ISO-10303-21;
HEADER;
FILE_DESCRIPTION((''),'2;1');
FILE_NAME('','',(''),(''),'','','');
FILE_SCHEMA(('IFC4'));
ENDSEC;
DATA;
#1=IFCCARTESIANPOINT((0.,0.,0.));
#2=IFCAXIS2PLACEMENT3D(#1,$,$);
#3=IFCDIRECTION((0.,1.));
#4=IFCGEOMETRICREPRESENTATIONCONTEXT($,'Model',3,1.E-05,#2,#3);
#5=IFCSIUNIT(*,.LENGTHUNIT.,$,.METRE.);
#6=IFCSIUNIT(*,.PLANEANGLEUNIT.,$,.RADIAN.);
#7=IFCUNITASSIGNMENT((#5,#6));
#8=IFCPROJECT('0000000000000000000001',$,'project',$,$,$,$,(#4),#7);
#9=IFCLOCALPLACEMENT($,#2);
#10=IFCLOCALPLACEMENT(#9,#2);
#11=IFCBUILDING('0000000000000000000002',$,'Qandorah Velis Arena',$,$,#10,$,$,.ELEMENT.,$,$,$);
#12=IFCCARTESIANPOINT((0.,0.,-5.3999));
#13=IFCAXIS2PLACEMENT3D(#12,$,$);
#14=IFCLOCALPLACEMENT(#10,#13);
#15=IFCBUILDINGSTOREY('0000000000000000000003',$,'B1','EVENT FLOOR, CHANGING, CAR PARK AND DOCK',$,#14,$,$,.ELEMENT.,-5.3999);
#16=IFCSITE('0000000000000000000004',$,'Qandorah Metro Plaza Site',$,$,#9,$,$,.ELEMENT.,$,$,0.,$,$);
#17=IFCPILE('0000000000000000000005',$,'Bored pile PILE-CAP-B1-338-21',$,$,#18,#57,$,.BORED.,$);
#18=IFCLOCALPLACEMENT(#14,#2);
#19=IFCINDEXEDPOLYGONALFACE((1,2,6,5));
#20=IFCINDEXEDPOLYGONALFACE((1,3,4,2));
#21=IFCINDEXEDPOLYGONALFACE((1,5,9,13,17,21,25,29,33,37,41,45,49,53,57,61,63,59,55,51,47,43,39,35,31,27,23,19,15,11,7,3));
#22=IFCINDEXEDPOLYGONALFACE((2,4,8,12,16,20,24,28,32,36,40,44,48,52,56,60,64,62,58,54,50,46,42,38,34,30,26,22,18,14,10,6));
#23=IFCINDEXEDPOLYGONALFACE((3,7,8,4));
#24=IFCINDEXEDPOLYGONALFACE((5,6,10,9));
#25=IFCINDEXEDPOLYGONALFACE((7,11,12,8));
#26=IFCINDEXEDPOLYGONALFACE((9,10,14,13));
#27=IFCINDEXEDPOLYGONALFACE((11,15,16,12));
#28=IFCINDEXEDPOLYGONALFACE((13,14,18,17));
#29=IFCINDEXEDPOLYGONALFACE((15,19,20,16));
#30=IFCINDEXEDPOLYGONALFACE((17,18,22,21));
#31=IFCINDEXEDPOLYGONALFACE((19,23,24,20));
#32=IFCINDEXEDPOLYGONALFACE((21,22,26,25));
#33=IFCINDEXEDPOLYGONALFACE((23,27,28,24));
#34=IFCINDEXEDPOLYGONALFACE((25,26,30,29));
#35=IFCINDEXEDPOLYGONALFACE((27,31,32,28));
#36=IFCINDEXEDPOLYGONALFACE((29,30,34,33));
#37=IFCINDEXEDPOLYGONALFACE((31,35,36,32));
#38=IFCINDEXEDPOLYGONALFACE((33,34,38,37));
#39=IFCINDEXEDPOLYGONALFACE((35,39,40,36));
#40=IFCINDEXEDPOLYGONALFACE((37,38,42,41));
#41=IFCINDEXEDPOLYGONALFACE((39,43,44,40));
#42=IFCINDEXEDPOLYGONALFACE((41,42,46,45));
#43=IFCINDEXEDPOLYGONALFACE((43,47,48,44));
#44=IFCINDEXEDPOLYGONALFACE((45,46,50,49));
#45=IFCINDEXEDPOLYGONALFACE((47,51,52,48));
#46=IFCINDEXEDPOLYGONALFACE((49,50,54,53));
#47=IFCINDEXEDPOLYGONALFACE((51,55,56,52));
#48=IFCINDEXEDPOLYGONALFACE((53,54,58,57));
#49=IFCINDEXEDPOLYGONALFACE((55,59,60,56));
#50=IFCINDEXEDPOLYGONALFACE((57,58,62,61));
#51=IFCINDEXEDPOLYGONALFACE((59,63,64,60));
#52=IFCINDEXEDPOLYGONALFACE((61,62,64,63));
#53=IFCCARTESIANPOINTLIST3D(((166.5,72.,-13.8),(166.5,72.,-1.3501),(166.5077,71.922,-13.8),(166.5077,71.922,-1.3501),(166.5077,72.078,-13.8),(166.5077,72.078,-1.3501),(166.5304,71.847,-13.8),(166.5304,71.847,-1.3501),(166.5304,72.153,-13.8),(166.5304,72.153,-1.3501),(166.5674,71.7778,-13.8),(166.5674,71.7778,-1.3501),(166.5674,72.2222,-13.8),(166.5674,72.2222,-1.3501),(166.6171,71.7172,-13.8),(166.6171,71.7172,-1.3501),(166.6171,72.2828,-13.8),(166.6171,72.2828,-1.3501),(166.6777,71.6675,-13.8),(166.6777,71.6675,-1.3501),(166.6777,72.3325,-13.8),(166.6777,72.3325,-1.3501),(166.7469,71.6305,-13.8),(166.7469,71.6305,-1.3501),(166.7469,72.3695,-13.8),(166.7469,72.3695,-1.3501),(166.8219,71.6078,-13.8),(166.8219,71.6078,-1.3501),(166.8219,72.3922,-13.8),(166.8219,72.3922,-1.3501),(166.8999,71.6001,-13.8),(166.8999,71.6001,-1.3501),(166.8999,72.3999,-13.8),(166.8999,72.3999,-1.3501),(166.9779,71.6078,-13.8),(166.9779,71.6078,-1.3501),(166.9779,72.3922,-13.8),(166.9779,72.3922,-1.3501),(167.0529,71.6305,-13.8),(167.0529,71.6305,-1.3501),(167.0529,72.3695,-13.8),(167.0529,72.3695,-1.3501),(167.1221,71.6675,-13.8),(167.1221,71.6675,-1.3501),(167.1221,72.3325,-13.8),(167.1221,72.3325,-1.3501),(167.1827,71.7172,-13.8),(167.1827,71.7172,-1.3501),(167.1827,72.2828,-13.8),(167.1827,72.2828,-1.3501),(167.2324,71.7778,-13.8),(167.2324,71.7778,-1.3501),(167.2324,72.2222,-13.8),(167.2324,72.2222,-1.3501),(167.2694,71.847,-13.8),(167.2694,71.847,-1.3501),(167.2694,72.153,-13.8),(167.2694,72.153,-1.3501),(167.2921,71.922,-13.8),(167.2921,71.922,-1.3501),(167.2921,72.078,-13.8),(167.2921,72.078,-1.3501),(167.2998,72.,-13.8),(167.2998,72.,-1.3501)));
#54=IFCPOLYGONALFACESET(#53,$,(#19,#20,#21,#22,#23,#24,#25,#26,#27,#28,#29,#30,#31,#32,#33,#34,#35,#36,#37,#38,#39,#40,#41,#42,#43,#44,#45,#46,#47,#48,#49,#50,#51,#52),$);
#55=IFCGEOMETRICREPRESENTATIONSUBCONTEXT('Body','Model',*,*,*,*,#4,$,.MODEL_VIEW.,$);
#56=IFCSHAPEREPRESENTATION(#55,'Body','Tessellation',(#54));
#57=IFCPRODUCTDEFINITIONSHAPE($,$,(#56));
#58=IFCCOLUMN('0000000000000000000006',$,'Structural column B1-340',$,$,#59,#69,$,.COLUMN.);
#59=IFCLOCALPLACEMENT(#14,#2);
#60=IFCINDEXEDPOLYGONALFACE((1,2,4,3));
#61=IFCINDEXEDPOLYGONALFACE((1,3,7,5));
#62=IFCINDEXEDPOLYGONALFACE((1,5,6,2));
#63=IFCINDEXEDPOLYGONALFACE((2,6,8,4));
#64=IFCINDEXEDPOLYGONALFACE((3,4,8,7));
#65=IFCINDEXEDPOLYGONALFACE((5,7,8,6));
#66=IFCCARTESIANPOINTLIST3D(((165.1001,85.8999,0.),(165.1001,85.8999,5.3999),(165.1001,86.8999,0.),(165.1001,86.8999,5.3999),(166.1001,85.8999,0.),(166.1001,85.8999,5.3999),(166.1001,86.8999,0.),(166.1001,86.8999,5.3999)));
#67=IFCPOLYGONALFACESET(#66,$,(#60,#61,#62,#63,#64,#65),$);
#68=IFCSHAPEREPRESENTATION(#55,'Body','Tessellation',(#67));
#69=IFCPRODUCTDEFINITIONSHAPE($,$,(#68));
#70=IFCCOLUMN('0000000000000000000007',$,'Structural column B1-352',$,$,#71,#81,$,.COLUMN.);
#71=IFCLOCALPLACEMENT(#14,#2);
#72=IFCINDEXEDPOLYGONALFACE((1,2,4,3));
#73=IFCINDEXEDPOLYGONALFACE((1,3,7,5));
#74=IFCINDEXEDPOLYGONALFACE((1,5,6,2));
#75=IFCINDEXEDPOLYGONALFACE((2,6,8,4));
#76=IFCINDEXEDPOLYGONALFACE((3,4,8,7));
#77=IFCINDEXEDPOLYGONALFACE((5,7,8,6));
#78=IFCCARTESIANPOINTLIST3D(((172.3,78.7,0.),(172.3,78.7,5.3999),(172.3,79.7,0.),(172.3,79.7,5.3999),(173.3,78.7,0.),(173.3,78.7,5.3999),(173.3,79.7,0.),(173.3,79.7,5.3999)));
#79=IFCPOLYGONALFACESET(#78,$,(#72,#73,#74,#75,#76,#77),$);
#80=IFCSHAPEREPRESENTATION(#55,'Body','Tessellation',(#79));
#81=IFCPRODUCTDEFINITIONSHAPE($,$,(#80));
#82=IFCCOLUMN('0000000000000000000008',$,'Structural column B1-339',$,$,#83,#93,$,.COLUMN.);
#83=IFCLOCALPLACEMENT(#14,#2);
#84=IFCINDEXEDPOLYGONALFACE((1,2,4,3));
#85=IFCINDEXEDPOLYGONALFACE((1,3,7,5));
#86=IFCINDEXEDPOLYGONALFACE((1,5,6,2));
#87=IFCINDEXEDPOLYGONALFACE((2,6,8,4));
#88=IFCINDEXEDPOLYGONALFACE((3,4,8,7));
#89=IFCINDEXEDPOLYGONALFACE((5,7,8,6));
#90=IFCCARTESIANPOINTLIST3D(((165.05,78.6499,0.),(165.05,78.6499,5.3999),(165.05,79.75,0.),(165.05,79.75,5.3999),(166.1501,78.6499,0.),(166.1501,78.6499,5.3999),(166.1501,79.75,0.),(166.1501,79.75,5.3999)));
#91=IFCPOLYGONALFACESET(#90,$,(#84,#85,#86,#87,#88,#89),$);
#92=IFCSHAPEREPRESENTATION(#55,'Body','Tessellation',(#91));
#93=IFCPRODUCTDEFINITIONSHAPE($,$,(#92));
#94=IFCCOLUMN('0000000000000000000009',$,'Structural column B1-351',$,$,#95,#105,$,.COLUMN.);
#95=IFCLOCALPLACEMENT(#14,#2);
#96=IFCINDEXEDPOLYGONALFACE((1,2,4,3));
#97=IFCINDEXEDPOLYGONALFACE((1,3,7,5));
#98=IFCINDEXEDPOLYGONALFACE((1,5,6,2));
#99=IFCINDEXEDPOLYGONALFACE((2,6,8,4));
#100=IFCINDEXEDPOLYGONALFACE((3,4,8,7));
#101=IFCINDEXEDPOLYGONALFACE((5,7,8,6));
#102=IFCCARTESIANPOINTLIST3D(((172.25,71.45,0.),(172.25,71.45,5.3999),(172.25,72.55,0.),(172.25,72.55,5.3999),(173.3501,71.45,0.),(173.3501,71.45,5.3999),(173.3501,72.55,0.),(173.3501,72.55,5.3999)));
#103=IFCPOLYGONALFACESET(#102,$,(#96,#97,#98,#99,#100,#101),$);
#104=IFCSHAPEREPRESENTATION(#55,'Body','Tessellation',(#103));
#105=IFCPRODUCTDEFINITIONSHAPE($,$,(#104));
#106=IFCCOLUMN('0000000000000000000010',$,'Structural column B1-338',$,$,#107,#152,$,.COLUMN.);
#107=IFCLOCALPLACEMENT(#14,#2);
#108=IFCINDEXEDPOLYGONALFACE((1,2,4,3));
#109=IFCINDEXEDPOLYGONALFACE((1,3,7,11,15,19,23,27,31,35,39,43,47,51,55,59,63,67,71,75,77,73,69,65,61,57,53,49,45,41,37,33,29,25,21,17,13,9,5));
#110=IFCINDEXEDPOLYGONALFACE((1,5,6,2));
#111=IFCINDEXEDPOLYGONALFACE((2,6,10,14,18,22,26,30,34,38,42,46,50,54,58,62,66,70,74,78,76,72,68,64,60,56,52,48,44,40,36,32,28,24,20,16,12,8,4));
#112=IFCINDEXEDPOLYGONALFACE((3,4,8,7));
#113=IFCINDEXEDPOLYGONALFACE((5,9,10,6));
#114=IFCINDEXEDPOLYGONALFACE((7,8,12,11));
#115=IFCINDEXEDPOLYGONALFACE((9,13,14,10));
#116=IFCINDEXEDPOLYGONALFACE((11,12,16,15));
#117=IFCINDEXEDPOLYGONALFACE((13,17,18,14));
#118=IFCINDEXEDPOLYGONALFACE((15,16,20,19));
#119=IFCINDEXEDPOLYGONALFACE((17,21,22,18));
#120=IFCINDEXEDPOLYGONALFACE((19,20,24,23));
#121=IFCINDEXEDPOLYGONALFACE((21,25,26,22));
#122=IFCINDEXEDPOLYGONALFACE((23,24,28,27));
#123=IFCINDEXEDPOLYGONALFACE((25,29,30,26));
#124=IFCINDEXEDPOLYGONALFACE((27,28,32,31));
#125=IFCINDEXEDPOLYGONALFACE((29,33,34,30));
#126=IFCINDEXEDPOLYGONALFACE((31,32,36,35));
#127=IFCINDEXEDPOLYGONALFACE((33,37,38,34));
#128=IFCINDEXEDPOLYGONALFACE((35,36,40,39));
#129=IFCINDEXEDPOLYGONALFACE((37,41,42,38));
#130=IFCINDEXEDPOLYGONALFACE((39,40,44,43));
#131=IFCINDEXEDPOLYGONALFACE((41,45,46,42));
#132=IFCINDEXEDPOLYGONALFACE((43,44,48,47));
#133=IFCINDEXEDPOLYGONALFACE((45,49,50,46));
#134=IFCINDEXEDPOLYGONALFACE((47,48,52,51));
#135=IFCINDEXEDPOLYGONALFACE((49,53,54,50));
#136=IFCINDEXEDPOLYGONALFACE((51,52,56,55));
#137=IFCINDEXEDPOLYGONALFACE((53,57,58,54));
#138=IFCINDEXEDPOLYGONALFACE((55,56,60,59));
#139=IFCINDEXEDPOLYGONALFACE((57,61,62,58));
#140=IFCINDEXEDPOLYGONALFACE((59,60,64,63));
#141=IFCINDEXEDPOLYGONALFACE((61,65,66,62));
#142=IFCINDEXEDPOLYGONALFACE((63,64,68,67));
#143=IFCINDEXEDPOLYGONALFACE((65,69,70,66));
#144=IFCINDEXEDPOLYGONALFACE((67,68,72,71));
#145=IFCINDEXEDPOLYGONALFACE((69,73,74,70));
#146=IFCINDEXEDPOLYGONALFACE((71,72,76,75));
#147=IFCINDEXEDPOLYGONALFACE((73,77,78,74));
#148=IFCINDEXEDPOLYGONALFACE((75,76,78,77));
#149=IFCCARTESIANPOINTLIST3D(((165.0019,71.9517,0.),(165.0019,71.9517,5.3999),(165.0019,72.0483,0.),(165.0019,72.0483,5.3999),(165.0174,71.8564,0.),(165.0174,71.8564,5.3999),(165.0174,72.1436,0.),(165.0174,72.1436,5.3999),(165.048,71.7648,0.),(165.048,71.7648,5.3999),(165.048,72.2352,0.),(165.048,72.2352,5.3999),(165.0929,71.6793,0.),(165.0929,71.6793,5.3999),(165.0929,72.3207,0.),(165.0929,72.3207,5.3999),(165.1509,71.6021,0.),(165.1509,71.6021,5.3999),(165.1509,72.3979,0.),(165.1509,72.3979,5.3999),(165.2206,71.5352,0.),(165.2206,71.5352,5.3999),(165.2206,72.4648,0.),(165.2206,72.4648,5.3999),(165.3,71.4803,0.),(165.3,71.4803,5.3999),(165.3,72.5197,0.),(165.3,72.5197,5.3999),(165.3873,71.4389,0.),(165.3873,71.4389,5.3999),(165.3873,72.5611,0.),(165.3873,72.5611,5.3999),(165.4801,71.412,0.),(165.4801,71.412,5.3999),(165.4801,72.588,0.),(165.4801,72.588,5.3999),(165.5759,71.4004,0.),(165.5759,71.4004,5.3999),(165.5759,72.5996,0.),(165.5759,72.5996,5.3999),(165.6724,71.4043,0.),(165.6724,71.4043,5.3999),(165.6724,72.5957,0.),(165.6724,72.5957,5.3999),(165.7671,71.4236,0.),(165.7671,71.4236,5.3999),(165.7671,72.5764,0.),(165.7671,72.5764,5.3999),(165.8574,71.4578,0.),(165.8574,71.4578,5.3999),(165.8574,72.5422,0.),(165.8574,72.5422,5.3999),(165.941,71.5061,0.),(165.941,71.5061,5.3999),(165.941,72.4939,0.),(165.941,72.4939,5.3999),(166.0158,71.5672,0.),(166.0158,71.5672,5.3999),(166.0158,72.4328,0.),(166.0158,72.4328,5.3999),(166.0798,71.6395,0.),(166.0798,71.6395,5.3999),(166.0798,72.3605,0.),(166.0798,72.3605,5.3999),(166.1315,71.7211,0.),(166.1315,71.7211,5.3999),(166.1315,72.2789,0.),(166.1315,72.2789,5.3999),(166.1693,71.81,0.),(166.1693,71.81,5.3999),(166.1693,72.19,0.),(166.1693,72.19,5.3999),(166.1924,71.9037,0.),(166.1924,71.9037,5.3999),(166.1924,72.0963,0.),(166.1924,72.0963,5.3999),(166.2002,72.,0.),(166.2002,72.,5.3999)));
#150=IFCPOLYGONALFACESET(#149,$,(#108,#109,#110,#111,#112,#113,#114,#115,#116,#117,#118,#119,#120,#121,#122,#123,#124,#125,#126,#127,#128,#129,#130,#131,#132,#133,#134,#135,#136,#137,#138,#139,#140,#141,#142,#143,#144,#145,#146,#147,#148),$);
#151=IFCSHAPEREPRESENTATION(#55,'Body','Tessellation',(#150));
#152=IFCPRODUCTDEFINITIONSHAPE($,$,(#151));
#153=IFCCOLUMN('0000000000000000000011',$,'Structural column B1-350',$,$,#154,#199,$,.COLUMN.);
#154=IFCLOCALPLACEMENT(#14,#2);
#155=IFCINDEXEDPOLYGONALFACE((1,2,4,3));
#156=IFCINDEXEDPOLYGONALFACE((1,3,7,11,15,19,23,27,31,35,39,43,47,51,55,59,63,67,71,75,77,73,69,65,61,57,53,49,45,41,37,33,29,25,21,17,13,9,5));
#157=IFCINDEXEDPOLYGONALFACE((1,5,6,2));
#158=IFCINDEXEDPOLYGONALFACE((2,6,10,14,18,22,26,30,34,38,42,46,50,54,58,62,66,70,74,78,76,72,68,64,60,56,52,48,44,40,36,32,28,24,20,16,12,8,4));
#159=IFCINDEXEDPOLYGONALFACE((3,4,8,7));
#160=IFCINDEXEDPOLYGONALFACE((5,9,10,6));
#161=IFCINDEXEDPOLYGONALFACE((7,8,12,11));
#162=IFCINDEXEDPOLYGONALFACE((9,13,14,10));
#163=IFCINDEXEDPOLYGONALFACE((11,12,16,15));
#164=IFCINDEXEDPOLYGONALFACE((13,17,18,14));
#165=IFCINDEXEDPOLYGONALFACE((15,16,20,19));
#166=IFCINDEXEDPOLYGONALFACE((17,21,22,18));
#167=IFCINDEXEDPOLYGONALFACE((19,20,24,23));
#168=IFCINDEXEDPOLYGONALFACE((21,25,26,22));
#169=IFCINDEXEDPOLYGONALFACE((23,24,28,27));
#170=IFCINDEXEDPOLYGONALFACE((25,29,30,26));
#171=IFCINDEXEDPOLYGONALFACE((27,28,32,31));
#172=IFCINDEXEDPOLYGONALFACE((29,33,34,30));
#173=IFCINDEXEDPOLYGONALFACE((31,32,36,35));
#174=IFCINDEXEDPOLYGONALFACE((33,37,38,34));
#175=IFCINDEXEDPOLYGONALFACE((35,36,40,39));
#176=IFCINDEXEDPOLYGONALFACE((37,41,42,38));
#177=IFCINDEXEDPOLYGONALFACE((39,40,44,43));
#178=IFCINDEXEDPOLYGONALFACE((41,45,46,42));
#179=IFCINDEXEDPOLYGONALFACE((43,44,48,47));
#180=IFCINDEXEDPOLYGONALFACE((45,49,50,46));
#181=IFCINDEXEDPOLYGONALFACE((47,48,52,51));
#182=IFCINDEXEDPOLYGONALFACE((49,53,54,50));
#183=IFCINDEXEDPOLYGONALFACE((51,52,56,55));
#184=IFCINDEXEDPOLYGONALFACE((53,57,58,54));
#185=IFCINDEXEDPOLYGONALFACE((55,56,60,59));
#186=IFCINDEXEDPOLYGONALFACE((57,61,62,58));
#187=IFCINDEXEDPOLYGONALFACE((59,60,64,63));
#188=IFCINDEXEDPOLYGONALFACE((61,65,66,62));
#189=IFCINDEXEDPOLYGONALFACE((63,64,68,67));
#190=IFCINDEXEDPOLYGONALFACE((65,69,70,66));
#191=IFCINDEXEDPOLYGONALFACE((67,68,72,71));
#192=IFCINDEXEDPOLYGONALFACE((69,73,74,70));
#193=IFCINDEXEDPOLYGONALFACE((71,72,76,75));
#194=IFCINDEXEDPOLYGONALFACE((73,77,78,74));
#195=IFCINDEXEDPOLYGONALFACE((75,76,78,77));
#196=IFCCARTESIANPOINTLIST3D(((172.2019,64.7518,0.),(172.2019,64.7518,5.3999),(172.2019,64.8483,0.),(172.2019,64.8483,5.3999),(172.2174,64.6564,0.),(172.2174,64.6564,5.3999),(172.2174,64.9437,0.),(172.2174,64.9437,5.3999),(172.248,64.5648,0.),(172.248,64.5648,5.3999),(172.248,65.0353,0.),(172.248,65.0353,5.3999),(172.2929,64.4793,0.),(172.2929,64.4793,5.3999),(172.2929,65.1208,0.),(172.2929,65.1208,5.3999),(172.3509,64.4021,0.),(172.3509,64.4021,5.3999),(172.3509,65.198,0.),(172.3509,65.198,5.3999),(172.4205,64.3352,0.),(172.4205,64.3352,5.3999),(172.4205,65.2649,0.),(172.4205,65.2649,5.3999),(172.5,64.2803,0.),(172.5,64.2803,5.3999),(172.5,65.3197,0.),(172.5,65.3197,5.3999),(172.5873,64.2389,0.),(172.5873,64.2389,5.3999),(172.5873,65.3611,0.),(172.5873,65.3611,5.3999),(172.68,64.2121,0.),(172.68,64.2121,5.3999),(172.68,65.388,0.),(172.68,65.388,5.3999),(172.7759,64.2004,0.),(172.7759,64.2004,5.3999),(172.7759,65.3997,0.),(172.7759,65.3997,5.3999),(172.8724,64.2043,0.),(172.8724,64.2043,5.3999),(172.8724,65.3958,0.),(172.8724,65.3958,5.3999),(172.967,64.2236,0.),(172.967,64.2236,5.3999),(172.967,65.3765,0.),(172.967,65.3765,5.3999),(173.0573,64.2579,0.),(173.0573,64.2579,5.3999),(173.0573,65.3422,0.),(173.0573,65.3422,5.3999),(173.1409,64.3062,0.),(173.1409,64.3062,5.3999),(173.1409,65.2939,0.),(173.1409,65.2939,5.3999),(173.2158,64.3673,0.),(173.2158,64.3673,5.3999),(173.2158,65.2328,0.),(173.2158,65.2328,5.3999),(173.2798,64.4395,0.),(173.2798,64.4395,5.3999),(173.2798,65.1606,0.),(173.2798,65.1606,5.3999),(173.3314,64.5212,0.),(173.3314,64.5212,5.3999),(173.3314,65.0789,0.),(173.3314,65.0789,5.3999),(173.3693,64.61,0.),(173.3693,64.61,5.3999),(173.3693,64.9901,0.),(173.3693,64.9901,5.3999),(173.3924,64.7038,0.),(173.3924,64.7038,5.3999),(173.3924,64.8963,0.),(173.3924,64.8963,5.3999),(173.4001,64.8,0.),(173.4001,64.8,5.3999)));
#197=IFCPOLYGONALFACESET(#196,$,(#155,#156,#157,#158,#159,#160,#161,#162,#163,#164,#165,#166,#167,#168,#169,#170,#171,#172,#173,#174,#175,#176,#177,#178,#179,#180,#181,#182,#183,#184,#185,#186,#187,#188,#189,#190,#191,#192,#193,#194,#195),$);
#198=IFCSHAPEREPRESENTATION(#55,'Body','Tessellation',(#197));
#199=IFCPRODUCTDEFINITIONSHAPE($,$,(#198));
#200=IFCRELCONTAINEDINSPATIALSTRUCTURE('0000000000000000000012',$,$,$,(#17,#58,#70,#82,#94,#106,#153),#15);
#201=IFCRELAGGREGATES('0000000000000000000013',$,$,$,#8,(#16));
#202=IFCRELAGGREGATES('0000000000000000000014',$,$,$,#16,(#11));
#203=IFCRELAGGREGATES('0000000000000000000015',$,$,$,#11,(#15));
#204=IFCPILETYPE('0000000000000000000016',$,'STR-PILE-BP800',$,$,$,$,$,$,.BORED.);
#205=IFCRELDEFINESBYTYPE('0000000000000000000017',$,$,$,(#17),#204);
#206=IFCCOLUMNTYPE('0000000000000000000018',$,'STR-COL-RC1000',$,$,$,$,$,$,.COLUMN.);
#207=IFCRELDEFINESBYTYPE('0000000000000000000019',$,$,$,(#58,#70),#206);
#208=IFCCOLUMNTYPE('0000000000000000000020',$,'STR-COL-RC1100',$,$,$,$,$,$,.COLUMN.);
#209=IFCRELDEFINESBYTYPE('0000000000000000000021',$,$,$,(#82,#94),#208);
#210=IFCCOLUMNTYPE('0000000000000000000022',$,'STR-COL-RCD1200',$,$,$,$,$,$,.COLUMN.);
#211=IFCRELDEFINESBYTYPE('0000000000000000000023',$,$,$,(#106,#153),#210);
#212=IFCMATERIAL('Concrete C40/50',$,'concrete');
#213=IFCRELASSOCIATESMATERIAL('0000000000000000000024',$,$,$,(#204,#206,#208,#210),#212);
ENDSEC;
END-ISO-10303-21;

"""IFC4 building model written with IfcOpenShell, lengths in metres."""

from ifc_helpers import new_model, si_unit, direction, frame, origin, origin_2d, place, context, subcontext, project, spatial, rectangle, circle, extrude, material, material_profile, profile_set, type_object, element, save


model = new_model("IFC4")

# Units and contexts
model_context = context("Model", 3, precision=1e-05, world=origin(), true_north=direction((0.0, 1.0)))
body_context = subcontext(model_context, "Body", "Model", "MODEL_VIEW")
ifc_project = project(units=[si_unit("LENGTHUNIT", "METRE"), si_unit("PLANEANGLEUNIT", "RADIAN")], contexts=[model_context])

# Site, building, storey
site_placement = place(None, origin())
site = spatial("IfcSite", under=ifc_project, at=site_placement, Name="Qandorah Metro Plaza Site", CompositionType="ELEMENT", RefElevation=0.0)
building_placement = place(site_placement, origin())
building = spatial("IfcBuilding", under=site, at=building_placement, Name="Qandorah Velis Arena", CompositionType="ELEMENT")
storey_placement = place(building_placement, frame((0.0, 0.0, -5.3999)))
storey = spatial("IfcBuildingStorey", under=building, at=storey_placement, Name="B1", Description="EVENT FLOOR, CHANGING, CAR PARK AND DOCK", CompositionType="ELEMENT", Elevation=-5.3999)

# Shared definitions
ifc_material_1 = material(Name="Concrete C40/50", Category="concrete")

# Pile
ifc_material_profile_1 = material_profile(ifc_material_1, circle(Radius=0.3999, at=origin_2d()), Name="BORED PILE D800")
ifc_profile_set_1 = profile_set([ifc_material_profile_1], Name="Concrete C40/50")
pile_type_1 = type_object("IfcPileType", Name="STR-PILE-BP800", PredefinedType="BORED", material=ifc_profile_set_1)
for number, where, z_axis, x_axis, name in (
    (1, (166.8999, 72.0, -1.3501), (0.0, 0.0, -1.0), (1.0, 0.0, 0.0), "Bored pile PILE-CAP-B1-338-21"),
):
    element("IfcPile", number, at=place(storey_placement, frame(where, z_axis=z_axis, x_axis=x_axis)), inside=storey, type_object=pile_type_1, Name=name, PredefinedType="BORED", context=body_context, shape_type="SweptSolid", body=[
        extrude(circle(Radius=0.3999, at=origin_2d()), origin(), (0.0, 0.0, 1.0), 12.45),
    ])

# Columns
ifc_material_profile_2 = material_profile(ifc_material_1, rectangle(XDim=1.0, YDim=1.0, at=origin_2d()), Name="RC COL 1000x1000")
ifc_profile_set_2 = profile_set([ifc_material_profile_2], Name="Concrete C40/50")
column_type_1 = type_object("IfcColumnType", Name="STR-COL-RC1000", PredefinedType="COLUMN", material=ifc_profile_set_2)
for number, where, z_axis, x_axis, name in (
    (2, (165.6001, 86.3999, 0.0), (0.0, 0.0, 1.0), (1.0, 0.0, 0.0), "Structural column B1-340"),
    (3, (172.8, 79.2, 0.0), (0.0, 0.0, 1.0), (1.0, 0.0, 0.0), "Structural column B1-352"),
):
    element("IfcColumn", number, at=place(storey_placement, frame(where, z_axis=z_axis, x_axis=x_axis)), inside=storey, type_object=column_type_1, Name=name, PredefinedType="COLUMN", context=body_context, shape_type="SweptSolid", body=[
        extrude(rectangle(XDim=1.0, YDim=1.0, at=origin_2d()), origin(), (0.0, 0.0, 1.0), 5.3999),
    ])
ifc_material_profile_3 = material_profile(ifc_material_1, rectangle(XDim=1.1001, YDim=1.1001, at=origin_2d()), Name="RC COL 1100x1100")
ifc_profile_set_3 = profile_set([ifc_material_profile_3], Name="Concrete C40/50")
column_type_2 = type_object("IfcColumnType", Name="STR-COL-RC1100", PredefinedType="COLUMN", material=ifc_profile_set_3)
for number, where, z_axis, x_axis, name in (
    (4, (165.6001, 79.2, 0.0), (0.0, 0.0, 1.0), (1.0, 0.0, 0.0), "Structural column B1-339"),
    (5, (172.8, 72.0, 0.0), (0.0, 0.0, 1.0), (1.0, 0.0, 0.0), "Structural column B1-351"),
):
    element("IfcColumn", number, at=place(storey_placement, frame(where, z_axis=z_axis, x_axis=x_axis)), inside=storey, type_object=column_type_2, Name=name, PredefinedType="COLUMN", context=body_context, shape_type="SweptSolid", body=[
        extrude(rectangle(XDim=1.1001, YDim=1.1001, at=origin_2d()), origin(), (0.0, 0.0, 1.0), 5.3999),
    ])
ifc_material_profile_4 = material_profile(ifc_material_1, circle(Radius=0.6001, at=origin_2d()), Name="RC D1200")
ifc_profile_set_4 = profile_set([ifc_material_profile_4], Name="Concrete C40/50")
column_type_3 = type_object("IfcColumnType", Name="STR-COL-RCD1200", PredefinedType="COLUMN", material=ifc_profile_set_4)
for number, where, z_axis, x_axis, name in (
    (6, (165.6001, 72.0, 0.0), (0.0, 0.0, 1.0), (1.0, 0.0, 0.0), "Structural column B1-338"),
    (7, (172.8, 64.8, 0.0), (0.0, 0.0, 1.0), (1.0, 0.0, 0.0), "Structural column B1-350"),
):
    element("IfcColumn", number, at=place(storey_placement, frame(where, z_axis=z_axis, x_axis=x_axis)), inside=storey, type_object=column_type_3, Name=name, PredefinedType="COLUMN", context=body_context, shape_type="SweptSolid", body=[
        extrude(circle(Radius=0.6001, at=origin_2d()), origin(), (0.0, 0.0, 1.0), 5.3999),
    ])

save(model, "model.ifc")
